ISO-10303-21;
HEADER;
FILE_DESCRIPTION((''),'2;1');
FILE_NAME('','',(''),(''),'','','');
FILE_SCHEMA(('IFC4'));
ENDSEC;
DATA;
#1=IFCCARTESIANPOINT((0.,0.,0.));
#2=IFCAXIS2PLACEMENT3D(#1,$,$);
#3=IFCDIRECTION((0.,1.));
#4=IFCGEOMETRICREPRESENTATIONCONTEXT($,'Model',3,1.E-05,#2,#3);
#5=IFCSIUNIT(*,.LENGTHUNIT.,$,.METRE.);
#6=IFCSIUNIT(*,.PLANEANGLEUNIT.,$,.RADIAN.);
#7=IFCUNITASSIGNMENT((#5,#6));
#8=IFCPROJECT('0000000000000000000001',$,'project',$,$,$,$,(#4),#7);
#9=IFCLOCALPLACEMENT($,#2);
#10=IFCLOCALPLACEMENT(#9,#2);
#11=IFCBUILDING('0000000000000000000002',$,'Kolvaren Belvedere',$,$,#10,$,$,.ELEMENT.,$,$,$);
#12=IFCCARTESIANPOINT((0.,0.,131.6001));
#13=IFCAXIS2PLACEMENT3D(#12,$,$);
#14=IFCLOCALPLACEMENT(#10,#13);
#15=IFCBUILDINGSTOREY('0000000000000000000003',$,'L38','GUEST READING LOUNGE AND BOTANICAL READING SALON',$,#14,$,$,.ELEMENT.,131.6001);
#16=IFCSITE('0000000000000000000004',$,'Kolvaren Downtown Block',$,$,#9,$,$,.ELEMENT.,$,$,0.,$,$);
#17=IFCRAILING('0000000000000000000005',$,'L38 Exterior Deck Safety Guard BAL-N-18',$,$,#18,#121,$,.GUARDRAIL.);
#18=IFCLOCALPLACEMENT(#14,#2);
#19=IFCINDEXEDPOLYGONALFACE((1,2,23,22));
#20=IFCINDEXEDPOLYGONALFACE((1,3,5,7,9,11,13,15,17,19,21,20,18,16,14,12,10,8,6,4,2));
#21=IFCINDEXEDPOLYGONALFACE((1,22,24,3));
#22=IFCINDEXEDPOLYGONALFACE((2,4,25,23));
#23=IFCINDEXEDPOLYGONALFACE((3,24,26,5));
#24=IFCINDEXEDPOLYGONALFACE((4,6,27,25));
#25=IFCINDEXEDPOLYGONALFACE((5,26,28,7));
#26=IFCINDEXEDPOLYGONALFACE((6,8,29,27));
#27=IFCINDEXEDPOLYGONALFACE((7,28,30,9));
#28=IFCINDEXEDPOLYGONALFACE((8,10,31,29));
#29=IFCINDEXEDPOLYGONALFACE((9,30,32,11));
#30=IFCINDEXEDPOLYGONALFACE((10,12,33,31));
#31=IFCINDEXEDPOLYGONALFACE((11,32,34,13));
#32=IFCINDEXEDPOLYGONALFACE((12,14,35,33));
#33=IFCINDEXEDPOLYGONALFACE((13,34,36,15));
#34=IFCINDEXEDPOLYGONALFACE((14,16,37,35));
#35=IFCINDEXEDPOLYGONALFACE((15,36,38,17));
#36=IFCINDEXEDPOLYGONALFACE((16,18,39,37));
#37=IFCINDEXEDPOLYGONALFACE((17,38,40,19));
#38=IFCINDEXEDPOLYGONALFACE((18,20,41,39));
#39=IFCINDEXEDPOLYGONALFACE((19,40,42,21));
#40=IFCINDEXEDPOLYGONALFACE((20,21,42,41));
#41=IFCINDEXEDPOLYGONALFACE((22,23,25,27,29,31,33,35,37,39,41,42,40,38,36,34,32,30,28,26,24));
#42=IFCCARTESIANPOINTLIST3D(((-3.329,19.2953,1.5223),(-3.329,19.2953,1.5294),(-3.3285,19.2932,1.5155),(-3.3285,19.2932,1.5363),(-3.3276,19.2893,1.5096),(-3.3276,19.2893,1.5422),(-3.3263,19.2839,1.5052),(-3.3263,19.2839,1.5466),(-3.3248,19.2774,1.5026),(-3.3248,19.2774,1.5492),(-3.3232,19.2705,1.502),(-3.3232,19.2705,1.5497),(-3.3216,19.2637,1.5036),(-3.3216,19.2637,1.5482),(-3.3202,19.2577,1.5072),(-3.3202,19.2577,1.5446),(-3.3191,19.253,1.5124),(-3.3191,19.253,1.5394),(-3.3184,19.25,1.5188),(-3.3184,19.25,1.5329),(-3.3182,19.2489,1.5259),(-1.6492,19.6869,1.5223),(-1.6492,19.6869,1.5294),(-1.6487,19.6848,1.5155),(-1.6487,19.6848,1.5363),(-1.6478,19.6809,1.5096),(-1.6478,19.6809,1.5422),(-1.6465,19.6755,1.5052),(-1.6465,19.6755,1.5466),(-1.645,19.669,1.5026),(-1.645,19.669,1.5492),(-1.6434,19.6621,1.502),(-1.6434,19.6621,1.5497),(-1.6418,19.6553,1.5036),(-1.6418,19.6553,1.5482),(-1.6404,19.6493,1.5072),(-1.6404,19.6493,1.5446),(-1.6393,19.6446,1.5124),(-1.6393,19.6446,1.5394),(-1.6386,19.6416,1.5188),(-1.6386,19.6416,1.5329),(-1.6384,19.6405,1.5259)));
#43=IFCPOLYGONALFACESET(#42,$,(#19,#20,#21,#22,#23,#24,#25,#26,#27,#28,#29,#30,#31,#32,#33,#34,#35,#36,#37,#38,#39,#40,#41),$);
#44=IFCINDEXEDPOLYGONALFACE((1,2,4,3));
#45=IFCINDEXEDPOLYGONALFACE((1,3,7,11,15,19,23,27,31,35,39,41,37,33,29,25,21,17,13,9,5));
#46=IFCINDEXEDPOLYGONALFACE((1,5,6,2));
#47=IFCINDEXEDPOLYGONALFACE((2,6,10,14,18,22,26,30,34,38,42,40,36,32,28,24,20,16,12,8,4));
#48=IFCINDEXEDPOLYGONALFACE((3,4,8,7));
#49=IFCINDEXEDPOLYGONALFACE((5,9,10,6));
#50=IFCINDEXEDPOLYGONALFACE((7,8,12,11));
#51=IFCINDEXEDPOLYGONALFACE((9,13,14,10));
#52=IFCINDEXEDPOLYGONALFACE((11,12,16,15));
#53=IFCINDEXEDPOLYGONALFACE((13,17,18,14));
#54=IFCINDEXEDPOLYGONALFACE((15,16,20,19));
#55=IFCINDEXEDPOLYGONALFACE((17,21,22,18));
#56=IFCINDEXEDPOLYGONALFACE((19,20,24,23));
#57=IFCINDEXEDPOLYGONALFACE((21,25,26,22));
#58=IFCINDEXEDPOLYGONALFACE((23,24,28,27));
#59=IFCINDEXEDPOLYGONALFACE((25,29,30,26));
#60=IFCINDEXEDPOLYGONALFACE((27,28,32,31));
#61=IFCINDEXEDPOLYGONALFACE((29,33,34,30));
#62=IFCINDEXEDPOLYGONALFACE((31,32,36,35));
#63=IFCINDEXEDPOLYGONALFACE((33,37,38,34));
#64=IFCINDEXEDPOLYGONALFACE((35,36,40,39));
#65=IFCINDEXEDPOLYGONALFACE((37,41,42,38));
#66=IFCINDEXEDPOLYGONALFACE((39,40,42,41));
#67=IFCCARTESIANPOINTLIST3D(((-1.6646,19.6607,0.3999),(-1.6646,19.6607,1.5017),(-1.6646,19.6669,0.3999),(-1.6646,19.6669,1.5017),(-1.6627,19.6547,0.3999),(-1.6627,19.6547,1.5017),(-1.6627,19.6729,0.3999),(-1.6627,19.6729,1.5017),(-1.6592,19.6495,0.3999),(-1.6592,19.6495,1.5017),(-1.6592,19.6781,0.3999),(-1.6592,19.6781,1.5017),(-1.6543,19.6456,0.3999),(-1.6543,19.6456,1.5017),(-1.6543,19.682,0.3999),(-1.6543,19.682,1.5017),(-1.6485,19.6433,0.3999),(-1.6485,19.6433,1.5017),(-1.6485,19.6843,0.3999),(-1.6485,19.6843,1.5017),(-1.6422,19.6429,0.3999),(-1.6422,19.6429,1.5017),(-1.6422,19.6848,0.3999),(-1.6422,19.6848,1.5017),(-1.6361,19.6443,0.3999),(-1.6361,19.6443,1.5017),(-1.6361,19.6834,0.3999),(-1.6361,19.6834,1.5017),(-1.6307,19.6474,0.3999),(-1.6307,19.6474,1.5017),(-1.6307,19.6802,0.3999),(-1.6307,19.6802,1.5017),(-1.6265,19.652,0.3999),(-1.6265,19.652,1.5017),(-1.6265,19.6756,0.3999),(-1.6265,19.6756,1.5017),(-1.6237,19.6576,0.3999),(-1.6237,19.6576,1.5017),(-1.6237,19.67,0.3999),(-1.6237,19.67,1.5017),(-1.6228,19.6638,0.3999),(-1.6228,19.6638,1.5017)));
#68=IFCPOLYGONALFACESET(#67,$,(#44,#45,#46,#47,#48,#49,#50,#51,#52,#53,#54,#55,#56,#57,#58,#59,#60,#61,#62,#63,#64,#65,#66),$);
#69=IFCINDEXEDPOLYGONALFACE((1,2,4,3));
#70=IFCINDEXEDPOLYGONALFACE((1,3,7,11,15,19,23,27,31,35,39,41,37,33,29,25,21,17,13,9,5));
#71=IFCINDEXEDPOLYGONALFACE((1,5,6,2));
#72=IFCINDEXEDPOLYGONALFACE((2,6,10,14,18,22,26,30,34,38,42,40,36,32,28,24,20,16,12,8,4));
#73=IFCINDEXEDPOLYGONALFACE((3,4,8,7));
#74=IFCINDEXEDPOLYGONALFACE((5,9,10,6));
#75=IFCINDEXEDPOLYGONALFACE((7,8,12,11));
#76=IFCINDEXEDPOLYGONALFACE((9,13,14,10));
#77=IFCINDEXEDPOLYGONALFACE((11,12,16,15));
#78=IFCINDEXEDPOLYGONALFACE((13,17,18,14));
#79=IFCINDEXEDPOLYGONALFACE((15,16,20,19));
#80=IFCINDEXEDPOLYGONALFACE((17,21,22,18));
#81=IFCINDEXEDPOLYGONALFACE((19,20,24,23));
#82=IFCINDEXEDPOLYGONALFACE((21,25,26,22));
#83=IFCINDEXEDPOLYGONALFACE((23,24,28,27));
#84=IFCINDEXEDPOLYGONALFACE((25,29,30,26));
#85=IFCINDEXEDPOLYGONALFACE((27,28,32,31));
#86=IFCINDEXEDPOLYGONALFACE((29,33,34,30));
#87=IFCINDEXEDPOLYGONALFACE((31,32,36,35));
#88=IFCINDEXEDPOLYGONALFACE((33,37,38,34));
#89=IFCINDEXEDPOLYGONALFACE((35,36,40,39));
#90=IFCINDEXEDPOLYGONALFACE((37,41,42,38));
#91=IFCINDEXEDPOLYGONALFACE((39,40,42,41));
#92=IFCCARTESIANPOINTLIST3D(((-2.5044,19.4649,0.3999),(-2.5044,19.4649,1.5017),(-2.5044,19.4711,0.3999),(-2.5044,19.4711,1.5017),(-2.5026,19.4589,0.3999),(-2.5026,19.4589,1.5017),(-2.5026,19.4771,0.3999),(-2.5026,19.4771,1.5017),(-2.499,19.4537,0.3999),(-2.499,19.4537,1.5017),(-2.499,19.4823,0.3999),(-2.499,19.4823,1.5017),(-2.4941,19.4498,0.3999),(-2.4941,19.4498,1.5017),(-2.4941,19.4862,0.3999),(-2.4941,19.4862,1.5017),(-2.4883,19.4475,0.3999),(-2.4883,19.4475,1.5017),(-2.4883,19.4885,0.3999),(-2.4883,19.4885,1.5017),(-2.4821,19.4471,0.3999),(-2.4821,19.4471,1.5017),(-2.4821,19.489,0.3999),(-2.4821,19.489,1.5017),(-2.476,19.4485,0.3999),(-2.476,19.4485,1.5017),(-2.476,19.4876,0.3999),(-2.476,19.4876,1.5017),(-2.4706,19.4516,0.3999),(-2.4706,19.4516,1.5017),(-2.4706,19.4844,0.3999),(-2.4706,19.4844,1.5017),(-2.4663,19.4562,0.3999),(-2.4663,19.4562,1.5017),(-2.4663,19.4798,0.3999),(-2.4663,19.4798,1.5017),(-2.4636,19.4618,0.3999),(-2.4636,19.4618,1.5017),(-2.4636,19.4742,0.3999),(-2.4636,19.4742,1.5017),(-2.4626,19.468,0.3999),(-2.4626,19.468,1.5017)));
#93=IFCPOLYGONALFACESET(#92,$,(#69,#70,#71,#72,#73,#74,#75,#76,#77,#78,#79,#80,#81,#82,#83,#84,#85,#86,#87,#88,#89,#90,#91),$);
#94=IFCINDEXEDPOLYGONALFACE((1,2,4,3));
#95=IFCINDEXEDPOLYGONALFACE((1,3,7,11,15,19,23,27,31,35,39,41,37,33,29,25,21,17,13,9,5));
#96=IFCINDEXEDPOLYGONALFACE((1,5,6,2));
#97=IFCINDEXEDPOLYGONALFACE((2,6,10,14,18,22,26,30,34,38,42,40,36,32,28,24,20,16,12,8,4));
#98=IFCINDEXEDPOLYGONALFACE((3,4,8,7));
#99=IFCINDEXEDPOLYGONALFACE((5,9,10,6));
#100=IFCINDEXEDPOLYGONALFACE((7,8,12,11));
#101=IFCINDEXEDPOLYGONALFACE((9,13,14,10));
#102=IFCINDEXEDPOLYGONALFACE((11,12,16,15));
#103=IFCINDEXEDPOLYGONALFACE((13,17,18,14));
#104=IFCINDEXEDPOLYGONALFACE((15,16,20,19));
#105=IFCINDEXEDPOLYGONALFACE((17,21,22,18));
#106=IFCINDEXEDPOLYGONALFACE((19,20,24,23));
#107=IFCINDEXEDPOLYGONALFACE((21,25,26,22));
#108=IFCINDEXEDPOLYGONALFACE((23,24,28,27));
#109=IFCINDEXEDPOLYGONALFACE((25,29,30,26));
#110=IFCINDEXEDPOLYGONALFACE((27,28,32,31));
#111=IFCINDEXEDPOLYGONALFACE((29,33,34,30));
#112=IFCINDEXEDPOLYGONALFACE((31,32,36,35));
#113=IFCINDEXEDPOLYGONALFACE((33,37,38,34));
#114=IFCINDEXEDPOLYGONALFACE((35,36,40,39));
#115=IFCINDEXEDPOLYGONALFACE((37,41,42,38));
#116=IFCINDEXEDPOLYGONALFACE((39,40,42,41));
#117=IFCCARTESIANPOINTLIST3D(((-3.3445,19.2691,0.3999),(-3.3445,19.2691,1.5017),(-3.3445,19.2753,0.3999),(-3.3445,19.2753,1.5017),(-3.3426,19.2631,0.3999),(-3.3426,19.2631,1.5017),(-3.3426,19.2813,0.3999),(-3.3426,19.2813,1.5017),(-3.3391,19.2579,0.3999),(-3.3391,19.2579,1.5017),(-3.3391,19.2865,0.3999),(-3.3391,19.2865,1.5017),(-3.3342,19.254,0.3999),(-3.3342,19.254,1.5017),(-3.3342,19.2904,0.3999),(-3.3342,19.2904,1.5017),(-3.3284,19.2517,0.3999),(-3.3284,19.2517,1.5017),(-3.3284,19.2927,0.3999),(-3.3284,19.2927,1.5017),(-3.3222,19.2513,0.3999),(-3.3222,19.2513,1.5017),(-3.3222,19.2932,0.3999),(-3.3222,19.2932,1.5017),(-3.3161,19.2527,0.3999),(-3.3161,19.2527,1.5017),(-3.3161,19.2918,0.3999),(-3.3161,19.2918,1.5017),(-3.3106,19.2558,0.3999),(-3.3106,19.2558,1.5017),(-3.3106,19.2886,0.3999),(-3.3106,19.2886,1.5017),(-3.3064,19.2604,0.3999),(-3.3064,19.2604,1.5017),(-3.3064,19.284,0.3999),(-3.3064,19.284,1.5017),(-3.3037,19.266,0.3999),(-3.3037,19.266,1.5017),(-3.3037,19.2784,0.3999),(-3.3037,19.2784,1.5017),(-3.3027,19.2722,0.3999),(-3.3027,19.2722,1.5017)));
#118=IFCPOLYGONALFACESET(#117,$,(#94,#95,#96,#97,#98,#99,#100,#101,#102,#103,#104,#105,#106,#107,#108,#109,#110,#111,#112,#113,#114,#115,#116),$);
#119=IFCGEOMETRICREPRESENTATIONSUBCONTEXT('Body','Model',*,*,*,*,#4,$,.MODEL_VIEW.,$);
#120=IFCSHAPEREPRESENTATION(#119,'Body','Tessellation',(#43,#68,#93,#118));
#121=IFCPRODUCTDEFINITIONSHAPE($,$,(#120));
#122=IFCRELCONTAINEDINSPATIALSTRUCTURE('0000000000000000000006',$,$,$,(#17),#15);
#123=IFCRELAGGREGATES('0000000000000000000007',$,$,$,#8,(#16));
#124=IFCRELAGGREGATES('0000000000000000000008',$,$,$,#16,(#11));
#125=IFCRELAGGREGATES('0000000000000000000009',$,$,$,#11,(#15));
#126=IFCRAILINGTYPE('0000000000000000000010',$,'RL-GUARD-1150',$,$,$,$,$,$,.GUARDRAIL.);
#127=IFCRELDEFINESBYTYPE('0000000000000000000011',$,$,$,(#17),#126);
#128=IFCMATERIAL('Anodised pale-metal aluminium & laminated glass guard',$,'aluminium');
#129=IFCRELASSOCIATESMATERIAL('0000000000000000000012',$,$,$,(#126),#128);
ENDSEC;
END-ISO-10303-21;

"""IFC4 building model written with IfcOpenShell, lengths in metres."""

from ifc_helpers import new_model, si_unit, direction, frame, origin, origin_2d, place, context, subcontext, project, spatial, circle, extrude, material, type_object, element, save


model = new_model("IFC4")

# Units and contexts
model_context = context("Model", 3, precision=1e-05, world=origin(), true_north=direction((0.0, 1.0)))
body_context = subcontext(model_context, "Body", "Model", "MODEL_VIEW")
ifc_project = project(units=[si_unit("LENGTHUNIT", "METRE"), si_unit("PLANEANGLEUNIT", "RADIAN")], contexts=[model_context])

# Site, building, storey
site_placement = place(None, origin())
site = spatial("IfcSite", under=ifc_project, at=site_placement, Name="Kolvaren Downtown Block", CompositionType="ELEMENT", RefElevation=0.0)
building_placement = place(site_placement, origin())
building = spatial("IfcBuilding", under=site, at=building_placement, Name="Kolvaren Belvedere", CompositionType="ELEMENT")
storey_placement = place(building_placement, frame((0.0, 0.0, 131.6001)))
storey = spatial("IfcBuildingStorey", under=building, at=storey_placement, Name="L38", Description="GUEST READING LOUNGE AND BOTANICAL READING SALON", CompositionType="ELEMENT", Elevation=131.6001)

# Railing
ifc_material_1 = material(Name="Anodised pale-metal aluminium & laminated glass guard", Category="aluminium")
railing_type = type_object("IfcRailingType", Name="RL-GUARD-1150", PredefinedType="GUARDRAIL", material=ifc_material_1)
railing_1_placement = place(storey_placement, frame((-1.6438, 19.6638, 0.3999)))
element("IfcRailing", 1, at=railing_1_placement, inside=storey, type_object=railing_type, Name="L38 Exterior Deck Safety Guard BAL-N-18", PredefinedType="GUARDRAIL", context=body_context, shape_type="SweptSolid", body=[
    extrude(circle(Radius=0.0239, at=origin_2d()), frame((0.0, 0.0, 1.126), z_axis=(-0.97389, -0.227019, 0.0), x_axis=(0.227019, -0.97389, 0.0)), (0.0, 0.0, 1.0), 1.7249),
    extrude(circle(Radius=0.021, at=origin_2d()), origin(), (0.0, 0.0, 1.0), 1.1018),
    extrude(circle(Radius=0.021, at=origin_2d()), frame((-0.8398, -0.1958, 0.0)), (0.0, 0.0, 1.0), 1.1018),
    extrude(circle(Radius=0.021, at=origin_2d()), frame((-1.6799, -0.3916, 0.0)), (0.0, 0.0, 1.0), 1.1018),
])

save(model, "model.ifc")
